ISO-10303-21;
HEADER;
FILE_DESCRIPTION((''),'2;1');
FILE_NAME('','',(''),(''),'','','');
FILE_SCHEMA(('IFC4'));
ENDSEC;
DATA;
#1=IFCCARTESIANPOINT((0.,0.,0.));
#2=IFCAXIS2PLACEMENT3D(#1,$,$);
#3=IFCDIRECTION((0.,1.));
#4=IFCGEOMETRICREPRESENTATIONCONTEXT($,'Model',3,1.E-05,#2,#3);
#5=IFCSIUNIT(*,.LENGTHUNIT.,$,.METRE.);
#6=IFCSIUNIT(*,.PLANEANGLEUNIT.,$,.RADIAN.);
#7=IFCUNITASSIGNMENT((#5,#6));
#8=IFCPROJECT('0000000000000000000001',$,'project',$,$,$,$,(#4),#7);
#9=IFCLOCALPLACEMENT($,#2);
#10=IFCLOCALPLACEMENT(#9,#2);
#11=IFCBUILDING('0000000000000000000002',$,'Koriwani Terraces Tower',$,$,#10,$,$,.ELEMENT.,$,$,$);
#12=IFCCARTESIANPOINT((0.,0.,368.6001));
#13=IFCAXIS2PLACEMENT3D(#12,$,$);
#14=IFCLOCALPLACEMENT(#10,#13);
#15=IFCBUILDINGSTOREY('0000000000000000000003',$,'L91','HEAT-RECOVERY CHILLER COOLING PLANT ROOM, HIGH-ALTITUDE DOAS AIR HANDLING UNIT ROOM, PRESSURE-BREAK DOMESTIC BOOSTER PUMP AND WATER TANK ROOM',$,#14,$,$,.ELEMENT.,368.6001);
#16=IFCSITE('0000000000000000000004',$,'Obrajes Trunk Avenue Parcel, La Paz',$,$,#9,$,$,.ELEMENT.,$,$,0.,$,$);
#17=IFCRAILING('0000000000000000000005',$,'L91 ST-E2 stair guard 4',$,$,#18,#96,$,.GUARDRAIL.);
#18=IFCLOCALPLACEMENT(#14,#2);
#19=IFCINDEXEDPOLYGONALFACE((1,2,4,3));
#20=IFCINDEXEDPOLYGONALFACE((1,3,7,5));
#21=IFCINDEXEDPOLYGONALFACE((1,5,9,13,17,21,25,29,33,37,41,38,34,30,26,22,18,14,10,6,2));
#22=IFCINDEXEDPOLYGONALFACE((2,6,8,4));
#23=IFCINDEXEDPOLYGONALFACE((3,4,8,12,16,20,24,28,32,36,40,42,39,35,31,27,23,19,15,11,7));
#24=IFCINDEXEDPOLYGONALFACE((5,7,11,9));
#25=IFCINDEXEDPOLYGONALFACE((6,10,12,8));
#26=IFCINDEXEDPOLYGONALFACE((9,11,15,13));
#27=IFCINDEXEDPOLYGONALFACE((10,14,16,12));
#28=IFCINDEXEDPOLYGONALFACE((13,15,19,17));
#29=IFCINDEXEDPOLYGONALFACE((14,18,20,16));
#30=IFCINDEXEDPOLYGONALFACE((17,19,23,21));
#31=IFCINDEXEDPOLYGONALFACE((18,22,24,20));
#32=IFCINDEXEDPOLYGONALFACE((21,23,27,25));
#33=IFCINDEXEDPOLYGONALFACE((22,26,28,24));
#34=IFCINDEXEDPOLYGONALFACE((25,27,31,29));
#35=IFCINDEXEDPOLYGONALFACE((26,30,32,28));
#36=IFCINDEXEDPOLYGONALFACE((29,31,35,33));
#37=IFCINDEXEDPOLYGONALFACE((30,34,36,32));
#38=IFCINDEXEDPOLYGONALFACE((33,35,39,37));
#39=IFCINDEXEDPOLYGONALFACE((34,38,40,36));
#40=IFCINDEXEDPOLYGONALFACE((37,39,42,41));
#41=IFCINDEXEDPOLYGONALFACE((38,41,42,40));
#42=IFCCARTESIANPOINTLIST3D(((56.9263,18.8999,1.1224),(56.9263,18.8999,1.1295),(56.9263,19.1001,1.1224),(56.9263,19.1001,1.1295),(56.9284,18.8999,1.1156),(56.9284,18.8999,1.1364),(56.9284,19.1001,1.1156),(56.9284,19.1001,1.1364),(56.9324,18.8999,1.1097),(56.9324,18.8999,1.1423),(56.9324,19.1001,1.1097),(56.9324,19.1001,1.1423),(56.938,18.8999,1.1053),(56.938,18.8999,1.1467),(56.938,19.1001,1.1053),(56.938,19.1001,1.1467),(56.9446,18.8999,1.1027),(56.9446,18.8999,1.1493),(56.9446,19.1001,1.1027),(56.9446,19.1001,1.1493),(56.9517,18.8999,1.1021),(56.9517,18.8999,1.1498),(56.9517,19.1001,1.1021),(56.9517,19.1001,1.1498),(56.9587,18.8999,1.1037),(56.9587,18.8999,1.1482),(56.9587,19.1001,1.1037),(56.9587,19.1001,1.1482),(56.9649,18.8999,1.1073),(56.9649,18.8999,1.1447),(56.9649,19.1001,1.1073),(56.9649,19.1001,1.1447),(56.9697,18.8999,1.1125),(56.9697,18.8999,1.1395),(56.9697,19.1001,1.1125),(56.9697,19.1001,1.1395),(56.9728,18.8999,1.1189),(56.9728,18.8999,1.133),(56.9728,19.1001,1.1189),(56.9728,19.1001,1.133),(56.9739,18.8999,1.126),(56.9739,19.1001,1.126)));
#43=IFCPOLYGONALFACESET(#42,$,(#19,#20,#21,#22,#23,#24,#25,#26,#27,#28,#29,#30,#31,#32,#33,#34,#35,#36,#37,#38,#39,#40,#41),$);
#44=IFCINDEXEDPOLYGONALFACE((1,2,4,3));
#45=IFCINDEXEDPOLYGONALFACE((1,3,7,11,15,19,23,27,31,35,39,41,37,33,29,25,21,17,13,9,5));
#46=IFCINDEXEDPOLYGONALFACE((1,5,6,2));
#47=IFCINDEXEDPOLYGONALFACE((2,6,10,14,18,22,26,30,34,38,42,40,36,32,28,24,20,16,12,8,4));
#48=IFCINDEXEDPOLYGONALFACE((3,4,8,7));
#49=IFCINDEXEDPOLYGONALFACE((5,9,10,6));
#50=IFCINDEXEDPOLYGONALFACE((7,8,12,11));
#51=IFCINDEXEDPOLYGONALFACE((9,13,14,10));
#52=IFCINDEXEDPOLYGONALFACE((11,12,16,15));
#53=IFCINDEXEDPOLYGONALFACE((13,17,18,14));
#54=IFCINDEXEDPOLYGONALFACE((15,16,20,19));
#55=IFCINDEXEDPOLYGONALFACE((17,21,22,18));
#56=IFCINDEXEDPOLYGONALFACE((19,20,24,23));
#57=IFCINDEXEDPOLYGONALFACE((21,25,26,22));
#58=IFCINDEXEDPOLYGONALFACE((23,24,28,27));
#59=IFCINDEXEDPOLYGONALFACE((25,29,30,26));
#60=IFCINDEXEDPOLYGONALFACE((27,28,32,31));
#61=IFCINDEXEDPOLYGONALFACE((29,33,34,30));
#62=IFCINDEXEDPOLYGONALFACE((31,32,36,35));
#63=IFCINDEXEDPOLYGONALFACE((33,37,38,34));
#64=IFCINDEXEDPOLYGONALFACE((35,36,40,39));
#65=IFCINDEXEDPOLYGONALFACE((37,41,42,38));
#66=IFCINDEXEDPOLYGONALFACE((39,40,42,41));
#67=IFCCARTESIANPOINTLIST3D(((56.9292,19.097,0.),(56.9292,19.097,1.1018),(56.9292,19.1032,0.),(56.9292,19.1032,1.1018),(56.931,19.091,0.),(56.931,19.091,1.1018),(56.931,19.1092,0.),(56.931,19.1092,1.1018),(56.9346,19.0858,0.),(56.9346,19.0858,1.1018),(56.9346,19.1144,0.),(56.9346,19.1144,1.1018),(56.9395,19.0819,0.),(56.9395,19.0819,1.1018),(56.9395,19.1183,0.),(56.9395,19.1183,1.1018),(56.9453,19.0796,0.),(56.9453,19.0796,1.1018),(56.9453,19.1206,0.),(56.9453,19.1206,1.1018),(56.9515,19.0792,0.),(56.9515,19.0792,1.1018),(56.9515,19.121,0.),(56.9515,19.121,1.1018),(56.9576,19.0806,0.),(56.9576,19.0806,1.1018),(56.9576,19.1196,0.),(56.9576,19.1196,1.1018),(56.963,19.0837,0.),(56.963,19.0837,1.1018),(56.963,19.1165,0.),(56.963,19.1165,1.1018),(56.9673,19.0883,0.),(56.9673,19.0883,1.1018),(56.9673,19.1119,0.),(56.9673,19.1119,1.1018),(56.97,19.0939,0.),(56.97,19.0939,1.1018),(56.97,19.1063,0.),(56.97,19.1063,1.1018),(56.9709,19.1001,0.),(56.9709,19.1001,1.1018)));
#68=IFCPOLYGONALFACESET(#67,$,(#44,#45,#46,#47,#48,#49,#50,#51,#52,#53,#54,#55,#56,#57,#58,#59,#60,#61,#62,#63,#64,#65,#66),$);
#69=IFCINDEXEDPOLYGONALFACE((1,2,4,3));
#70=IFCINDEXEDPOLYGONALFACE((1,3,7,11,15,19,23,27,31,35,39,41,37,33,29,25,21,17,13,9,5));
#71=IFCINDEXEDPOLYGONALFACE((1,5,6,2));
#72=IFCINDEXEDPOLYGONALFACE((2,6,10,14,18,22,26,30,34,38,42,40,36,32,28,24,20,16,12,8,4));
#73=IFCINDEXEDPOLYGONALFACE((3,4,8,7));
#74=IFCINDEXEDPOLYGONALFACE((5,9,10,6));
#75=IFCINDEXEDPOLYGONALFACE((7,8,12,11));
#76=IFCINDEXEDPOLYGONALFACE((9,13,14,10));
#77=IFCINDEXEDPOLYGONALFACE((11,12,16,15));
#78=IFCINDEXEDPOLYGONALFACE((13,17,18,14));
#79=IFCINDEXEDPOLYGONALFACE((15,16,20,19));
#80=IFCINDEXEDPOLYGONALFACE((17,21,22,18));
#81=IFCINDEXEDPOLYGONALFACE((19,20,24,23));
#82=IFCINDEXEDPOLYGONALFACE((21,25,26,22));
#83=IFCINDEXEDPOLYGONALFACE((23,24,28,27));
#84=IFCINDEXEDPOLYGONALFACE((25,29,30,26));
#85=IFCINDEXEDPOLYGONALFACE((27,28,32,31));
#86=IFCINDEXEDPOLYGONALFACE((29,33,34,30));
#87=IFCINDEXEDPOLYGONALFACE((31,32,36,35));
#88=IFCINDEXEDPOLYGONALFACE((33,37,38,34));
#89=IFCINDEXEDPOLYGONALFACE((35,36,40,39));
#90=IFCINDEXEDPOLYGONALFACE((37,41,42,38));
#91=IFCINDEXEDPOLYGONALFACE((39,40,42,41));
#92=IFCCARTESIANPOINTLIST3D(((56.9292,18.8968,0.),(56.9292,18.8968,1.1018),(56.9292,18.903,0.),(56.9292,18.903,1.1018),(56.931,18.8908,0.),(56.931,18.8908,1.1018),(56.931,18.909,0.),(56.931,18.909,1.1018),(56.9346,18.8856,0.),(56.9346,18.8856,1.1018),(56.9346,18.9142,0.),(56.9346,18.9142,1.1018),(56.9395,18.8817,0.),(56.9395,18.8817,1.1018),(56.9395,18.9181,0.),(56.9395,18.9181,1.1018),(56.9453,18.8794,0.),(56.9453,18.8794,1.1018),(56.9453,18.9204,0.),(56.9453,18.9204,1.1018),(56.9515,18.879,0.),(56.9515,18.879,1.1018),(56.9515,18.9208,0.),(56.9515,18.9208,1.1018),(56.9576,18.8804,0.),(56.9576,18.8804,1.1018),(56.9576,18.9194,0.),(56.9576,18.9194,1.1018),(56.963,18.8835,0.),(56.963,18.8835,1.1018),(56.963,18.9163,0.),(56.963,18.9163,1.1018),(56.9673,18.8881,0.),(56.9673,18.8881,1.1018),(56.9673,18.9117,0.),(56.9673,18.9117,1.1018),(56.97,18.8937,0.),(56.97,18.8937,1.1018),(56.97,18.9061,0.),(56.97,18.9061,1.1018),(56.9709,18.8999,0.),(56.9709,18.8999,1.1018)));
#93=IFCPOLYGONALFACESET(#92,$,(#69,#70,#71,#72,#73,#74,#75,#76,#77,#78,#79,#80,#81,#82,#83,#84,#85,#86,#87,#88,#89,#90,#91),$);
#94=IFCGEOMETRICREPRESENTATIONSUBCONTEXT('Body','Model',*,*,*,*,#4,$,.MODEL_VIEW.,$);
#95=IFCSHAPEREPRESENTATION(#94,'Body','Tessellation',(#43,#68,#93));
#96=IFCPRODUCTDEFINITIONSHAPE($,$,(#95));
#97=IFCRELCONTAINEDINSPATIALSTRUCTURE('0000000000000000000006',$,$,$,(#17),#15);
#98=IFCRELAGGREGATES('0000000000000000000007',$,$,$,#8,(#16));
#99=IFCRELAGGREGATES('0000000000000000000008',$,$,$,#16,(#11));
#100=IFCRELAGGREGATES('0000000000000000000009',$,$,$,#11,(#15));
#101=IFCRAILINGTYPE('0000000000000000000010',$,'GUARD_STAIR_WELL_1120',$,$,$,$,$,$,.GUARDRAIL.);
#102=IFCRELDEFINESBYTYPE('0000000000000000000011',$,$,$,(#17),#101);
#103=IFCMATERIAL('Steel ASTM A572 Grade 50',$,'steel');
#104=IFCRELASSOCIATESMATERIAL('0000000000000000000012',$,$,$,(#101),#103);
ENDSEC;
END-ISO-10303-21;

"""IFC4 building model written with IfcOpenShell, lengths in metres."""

from ifc_helpers import new_model, si_unit, direction, frame, origin, origin_2d, place, context, subcontext, project, spatial, circle, extrude, material, type_object, element, save


model = new_model("IFC4")

# Units and contexts
model_context = context("Model", 3, precision=1e-05, world=origin(), true_north=direction((0.0, 1.0)))
body_context = subcontext(model_context, "Body", "Model", "MODEL_VIEW")
ifc_project = project(units=[si_unit("LENGTHUNIT", "METRE"), si_unit("PLANEANGLEUNIT", "RADIAN")], contexts=[model_context])

# Site, building, storey
site_placement = place(None, origin())
site = spatial("IfcSite", under=ifc_project, at=site_placement, Name="Obrajes Trunk Avenue Parcel, La Paz", CompositionType="ELEMENT", RefElevation=0.0)
building_placement = place(site_placement, origin())
building = spatial("IfcBuilding", under=site, at=building_placement, Name="Koriwani Terraces Tower", CompositionType="ELEMENT")
storey_placement = place(building_placement, frame((0.0, 0.0, 368.6001)))
storey = spatial("IfcBuildingStorey", under=building, at=storey_placement, Name="L91", Description="HEAT-RECOVERY CHILLER COOLING PLANT ROOM, HIGH-ALTITUDE DOAS AIR HANDLING UNIT ROOM, PRESSURE-BREAK DOMESTIC BOOSTER PUMP AND WATER TANK ROOM", CompositionType="ELEMENT", Elevation=368.6001)

# Shared definitions
ifc_material_1 = material(Name="Steel ASTM A572 Grade 50", Category="steel")

# Railing
railing_type_1 = type_object("IfcRailingType", Name="GUARD_STAIR_WELL_1120", PredefinedType="GUARDRAIL", material=ifc_material_1)
railing_1_placement = place(storey_placement, frame((56.95, 19.1001, 0.0)))
element("IfcRailing", 1, at=railing_1_placement, inside=storey, type_object=railing_type_1, Name="L91 ST-E2 stair guard 4", PredefinedType="GUARDRAIL", context=body_context, shape_type="SweptSolid", body=[
    extrude(circle(Radius=0.0239, at=origin_2d()), frame((0.0, 0.0, 1.126), z_axis=(0.0, -1.0, 0.0), x_axis=(1.0, 0.0, 0.0)), (0.0, 0.0, 1.0), 0.2002),
    extrude(circle(Radius=0.021, at=origin_2d()), origin(), (0.0, 0.0, 1.0), 1.1018),
    extrude(circle(Radius=0.021, at=origin_2d()), frame((0.0, -0.2002, 0.0)), (0.0, 0.0, 1.0), 1.1018),
])

save(model, "model.ifc")
